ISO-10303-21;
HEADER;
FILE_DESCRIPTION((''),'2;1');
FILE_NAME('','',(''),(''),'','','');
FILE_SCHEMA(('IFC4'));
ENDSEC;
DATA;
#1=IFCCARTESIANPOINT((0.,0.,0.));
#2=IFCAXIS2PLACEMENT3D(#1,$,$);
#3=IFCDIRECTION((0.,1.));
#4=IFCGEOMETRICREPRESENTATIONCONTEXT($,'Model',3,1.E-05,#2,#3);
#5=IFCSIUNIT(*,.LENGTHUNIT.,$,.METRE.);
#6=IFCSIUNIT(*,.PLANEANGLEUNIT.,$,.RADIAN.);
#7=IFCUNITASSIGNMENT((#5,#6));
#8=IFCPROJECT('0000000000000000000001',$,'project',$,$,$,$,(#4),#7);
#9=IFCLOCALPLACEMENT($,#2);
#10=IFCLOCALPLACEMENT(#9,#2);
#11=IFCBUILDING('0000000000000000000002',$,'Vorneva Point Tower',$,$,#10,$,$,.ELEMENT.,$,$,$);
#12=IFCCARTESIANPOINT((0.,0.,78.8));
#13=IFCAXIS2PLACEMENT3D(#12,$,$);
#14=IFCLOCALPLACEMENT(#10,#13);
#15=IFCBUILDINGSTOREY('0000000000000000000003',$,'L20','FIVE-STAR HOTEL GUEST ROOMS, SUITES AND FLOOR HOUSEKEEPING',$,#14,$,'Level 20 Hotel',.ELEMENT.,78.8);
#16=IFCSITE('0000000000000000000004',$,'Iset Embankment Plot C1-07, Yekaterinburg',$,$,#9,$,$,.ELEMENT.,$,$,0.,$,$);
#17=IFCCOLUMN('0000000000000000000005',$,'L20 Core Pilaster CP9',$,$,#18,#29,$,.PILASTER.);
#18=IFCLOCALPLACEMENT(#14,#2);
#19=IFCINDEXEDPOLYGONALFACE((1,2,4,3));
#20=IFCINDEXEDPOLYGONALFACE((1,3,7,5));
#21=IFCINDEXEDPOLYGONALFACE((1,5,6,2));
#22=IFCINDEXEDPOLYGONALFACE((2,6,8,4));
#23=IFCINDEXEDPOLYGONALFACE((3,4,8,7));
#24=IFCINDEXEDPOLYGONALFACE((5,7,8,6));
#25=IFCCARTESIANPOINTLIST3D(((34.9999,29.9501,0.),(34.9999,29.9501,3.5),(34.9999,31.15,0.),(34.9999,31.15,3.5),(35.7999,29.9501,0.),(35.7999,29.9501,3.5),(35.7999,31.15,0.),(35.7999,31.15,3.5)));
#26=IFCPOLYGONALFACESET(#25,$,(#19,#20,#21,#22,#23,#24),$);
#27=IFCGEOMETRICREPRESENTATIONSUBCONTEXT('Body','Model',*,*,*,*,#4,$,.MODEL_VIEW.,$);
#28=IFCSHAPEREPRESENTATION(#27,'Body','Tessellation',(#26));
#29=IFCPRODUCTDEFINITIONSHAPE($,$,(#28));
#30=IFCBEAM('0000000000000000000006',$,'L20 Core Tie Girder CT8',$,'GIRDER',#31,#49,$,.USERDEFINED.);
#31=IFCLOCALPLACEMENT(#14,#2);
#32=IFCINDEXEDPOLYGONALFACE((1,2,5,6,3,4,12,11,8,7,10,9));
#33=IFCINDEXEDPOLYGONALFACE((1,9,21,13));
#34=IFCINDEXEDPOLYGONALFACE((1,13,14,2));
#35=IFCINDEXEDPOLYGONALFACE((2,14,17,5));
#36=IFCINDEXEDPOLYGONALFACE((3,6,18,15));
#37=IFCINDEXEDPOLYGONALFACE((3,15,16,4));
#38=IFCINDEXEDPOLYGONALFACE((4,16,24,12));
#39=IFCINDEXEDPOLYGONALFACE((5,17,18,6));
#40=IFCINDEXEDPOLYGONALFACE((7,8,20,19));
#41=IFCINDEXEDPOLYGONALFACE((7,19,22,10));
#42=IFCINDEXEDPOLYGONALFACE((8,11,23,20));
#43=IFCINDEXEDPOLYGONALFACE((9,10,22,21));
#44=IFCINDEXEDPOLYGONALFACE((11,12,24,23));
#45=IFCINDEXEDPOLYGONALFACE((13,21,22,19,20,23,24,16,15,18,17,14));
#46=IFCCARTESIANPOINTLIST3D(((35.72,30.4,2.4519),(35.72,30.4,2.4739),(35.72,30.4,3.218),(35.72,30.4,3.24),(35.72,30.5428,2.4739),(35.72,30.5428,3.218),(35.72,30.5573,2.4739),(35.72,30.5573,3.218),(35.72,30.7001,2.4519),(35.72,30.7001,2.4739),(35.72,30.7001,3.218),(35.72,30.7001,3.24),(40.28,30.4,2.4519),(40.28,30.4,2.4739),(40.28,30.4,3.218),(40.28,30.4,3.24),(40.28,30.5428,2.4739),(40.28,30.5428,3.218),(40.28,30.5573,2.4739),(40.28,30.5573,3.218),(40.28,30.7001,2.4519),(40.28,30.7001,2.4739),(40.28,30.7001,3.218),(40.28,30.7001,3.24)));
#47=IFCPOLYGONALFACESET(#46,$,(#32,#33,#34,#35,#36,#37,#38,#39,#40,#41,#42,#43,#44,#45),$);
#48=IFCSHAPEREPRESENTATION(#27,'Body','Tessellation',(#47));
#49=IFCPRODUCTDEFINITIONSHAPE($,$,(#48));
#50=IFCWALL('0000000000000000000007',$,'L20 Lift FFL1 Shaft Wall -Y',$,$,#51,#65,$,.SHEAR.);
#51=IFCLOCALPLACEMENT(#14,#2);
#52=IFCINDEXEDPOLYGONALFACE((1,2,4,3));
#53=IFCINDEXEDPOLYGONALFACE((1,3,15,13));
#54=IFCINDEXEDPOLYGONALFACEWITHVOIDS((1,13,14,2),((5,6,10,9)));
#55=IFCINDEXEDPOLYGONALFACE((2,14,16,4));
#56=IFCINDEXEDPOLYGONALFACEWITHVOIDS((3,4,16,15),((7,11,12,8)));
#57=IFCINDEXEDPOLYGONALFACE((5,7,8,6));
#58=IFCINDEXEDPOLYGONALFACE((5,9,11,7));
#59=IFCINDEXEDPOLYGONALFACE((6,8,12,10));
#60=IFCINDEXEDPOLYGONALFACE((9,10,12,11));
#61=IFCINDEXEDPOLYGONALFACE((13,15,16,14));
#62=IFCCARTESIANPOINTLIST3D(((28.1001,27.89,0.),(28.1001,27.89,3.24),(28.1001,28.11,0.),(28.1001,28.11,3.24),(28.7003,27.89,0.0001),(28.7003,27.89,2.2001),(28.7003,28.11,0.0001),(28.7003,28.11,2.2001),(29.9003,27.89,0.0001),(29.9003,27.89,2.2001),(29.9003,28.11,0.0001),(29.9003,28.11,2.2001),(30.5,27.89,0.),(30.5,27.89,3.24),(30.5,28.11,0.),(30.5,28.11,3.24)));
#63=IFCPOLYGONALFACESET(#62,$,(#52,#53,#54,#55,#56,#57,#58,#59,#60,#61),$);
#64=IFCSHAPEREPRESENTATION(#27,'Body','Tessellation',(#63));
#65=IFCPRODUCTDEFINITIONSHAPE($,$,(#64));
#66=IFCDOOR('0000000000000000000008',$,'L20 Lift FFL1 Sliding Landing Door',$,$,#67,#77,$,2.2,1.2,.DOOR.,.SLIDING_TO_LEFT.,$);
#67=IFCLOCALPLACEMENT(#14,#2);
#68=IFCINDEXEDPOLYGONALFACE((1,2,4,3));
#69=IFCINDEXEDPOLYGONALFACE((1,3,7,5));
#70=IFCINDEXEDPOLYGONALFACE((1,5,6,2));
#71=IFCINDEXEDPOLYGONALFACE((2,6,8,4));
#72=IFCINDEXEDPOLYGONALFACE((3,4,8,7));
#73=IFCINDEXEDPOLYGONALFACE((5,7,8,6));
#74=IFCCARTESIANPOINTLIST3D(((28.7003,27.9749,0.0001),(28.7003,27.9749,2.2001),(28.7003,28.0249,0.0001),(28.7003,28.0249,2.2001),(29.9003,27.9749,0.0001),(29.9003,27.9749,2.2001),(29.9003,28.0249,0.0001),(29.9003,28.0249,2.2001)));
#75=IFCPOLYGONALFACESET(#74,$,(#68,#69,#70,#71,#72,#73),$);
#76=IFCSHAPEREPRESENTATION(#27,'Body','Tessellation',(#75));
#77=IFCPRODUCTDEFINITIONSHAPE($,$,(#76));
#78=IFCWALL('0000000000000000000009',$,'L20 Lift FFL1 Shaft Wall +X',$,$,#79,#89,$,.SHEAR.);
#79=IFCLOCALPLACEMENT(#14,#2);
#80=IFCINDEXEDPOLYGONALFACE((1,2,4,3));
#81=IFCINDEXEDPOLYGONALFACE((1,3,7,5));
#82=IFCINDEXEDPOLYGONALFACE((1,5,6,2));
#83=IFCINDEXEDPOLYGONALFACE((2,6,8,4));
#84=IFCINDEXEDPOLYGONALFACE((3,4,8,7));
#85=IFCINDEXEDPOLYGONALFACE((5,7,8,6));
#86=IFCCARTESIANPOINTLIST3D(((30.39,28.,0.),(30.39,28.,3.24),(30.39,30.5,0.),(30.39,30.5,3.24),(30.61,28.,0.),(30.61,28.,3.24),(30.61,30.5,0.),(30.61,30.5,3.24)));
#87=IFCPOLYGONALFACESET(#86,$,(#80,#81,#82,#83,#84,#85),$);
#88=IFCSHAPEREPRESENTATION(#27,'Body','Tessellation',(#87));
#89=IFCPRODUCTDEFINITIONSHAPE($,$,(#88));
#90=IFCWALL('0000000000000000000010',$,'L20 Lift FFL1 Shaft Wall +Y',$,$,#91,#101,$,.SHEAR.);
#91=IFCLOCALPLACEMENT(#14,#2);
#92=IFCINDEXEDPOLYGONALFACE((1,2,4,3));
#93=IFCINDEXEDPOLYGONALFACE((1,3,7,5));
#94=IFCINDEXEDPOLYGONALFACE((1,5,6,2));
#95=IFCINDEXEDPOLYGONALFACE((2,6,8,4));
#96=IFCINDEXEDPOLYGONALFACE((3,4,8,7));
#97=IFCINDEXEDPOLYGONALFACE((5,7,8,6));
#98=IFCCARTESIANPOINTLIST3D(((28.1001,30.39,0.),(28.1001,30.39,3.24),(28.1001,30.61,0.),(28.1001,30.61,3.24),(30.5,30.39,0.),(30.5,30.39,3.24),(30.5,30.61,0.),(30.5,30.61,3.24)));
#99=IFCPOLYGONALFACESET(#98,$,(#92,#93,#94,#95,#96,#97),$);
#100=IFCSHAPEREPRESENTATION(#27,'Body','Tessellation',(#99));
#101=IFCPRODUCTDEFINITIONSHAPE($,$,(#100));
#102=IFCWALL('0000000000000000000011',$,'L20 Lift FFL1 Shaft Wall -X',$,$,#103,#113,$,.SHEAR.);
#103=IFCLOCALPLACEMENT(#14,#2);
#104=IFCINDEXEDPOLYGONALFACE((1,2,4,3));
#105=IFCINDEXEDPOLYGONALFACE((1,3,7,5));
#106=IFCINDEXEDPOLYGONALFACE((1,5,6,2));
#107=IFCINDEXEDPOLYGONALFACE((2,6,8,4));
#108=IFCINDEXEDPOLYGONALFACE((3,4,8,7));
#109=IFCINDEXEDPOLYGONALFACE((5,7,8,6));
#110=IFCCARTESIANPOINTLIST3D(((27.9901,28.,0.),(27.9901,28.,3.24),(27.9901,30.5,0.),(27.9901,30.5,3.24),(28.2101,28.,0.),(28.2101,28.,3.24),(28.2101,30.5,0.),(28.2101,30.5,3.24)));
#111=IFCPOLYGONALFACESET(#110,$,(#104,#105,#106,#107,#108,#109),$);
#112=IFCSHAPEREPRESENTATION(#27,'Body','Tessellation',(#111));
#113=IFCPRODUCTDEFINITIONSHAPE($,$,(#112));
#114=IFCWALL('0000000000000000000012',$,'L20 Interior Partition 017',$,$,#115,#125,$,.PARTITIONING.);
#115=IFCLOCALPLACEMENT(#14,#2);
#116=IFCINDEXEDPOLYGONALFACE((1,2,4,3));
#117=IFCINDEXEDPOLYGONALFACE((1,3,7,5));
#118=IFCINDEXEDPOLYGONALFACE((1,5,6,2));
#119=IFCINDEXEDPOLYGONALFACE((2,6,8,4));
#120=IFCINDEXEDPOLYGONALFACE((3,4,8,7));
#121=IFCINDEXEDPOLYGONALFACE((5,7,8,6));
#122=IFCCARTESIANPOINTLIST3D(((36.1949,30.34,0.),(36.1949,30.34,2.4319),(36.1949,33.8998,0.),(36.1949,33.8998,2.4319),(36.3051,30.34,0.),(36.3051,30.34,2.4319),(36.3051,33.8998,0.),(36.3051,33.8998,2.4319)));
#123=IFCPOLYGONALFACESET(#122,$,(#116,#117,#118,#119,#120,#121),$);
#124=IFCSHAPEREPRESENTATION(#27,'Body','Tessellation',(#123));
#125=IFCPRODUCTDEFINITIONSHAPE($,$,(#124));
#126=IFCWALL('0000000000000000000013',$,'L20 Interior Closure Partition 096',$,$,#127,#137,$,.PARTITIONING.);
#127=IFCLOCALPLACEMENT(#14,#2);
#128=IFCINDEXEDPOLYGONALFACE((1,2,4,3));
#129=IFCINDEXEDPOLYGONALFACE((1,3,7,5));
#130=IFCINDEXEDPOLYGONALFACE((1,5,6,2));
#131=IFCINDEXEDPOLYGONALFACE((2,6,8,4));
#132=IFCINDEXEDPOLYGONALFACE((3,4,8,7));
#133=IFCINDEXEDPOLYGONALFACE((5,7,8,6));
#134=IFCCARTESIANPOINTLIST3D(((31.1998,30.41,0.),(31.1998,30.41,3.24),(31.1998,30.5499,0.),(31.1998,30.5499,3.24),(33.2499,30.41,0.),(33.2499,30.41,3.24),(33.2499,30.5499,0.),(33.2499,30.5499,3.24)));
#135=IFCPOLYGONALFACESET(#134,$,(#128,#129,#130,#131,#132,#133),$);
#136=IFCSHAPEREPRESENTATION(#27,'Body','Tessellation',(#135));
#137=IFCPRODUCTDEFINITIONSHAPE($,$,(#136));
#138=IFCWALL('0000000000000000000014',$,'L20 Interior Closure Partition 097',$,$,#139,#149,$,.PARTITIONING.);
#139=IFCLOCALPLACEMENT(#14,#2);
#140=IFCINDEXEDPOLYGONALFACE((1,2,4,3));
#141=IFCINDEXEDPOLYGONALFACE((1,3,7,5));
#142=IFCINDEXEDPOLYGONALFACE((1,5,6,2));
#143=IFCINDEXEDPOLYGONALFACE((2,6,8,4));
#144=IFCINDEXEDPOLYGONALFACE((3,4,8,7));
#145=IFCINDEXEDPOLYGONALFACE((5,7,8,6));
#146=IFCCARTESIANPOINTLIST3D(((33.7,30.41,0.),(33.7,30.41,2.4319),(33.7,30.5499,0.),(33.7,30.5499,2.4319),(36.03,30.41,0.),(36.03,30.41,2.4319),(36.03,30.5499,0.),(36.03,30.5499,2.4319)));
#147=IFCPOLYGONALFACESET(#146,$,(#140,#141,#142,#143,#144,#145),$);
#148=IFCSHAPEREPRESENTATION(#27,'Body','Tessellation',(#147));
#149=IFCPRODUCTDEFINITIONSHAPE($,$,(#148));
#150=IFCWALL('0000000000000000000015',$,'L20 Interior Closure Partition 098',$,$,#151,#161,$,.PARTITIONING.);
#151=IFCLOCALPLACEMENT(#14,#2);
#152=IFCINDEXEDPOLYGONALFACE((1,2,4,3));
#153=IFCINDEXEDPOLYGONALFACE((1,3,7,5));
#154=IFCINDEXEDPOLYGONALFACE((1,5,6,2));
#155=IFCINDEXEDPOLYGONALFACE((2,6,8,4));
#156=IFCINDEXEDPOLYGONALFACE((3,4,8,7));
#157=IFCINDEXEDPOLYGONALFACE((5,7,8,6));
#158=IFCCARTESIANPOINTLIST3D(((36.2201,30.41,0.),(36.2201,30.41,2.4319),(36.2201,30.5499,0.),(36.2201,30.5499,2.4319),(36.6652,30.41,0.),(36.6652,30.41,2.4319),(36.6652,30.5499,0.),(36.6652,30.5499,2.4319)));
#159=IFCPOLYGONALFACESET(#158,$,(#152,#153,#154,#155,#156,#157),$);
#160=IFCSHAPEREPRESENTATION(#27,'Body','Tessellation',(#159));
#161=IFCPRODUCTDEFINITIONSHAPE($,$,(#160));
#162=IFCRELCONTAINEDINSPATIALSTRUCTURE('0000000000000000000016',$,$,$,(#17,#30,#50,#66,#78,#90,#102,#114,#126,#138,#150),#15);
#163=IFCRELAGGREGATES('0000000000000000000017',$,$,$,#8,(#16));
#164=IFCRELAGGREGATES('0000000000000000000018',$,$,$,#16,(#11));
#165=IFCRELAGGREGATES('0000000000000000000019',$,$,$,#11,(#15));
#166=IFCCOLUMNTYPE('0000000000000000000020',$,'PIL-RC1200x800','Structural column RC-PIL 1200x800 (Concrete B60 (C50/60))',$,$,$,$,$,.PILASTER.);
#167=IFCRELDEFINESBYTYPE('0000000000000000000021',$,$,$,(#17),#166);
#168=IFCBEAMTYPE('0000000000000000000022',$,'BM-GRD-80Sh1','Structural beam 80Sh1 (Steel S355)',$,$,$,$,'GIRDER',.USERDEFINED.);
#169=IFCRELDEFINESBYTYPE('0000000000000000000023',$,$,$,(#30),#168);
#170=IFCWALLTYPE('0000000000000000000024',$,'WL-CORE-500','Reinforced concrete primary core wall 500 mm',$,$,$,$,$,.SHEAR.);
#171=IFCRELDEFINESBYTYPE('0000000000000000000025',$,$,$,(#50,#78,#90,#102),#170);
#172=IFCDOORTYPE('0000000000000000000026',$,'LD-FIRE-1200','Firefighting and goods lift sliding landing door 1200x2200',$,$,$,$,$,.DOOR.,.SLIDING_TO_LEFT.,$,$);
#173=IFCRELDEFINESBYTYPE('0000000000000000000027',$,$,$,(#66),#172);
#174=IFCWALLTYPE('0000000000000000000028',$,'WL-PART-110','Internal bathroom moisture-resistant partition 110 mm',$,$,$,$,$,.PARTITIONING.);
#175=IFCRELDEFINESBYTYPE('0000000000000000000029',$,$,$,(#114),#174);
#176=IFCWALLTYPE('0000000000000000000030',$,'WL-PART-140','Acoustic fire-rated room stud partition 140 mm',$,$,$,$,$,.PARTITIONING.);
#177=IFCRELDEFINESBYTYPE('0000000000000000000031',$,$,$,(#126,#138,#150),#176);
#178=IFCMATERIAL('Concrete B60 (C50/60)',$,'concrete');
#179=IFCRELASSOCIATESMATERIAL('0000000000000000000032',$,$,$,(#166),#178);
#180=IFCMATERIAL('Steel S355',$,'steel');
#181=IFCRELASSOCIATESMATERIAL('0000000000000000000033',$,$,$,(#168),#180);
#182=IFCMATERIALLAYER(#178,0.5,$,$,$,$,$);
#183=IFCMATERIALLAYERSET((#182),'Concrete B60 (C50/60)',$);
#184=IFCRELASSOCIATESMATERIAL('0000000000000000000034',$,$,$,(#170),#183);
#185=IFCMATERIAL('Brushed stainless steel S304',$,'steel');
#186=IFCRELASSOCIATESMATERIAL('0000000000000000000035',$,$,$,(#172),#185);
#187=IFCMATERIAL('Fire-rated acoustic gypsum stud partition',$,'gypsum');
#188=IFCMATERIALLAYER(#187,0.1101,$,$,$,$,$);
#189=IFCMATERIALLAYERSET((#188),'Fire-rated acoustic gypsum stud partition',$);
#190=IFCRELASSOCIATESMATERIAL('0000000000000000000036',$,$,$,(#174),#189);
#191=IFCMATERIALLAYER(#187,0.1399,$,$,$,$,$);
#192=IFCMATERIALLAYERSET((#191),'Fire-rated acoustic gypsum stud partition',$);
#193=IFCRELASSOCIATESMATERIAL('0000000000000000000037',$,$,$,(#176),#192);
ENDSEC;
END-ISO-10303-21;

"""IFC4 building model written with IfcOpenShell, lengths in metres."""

from ifc_helpers import new_model, si_unit, direction, frame, frame_2d, origin, origin_2d, place, context, subcontext, project, spatial, rectangle, i_section, extrude, material, layer, layer_set, material_profile, profile_set, type_object, element, fill, save


model = new_model("IFC4")

# Units and contexts
model_context = context("Model", 3, precision=1e-05, world=origin(), true_north=direction((0.0, 1.0)))
body_context = subcontext(model_context, "Body", "Model", "MODEL_VIEW")
ifc_project = project(units=[si_unit("LENGTHUNIT", "METRE"), si_unit("PLANEANGLEUNIT", "RADIAN")], contexts=[model_context])

# Site, building, storey
site_placement = place(None, origin())
site = spatial("IfcSite", under=ifc_project, at=site_placement, Name="Iset Embankment Plot C1-07, Yekaterinburg", CompositionType="ELEMENT", RefElevation=0.0)
building_placement = place(site_placement, origin())
building = spatial("IfcBuilding", under=site, at=building_placement, Name="Vorneva Point Tower", CompositionType="ELEMENT")
storey_placement = place(building_placement, frame((0.0, 0.0, 78.8)))
storey = spatial("IfcBuildingStorey", under=building, at=storey_placement, Name="L20", Description="FIVE-STAR HOTEL GUEST ROOMS, SUITES AND FLOOR HOUSEKEEPING", LongName="Level 20 Hotel", CompositionType="ELEMENT", Elevation=78.8)

# Column
ifc_material_1 = material(Name="Concrete B60 (C50/60)", Category="concrete")
ifc_material_profile_1 = material_profile(ifc_material_1, rectangle(XDim=0.8, YDim=1.2, at=origin_2d()), Name="RC-PIL 1200x800")
ifc_profile_set_1 = profile_set([ifc_material_profile_1], Name="Concrete B60 (C50/60)")
column_type = type_object("IfcColumnType", Name="PIL-RC1200x800", Description="Structural column RC-PIL 1200x800 (Concrete B60 (C50/60))", PredefinedType="PILASTER", material=ifc_profile_set_1)
column_placement = place(storey_placement, frame((35.3999, 30.55, 0.0), z_axis=(0.0, 0.0, 1.0), x_axis=(1.0, 0.0, 0.0)))
element("IfcColumn", 1, at=column_placement, inside=storey, type_object=column_type, Name="L20 Core Pilaster CP9", PredefinedType="PILASTER", context=body_context, shape_type="SweptSolid", body=[
    extrude(rectangle(XDim=0.8, YDim=1.2, at=origin_2d()), origin(), (0.0, 0.0, 1.0), 3.5),
])

# Beam
ifc_material_2 = material(Name="Steel S355", Category="steel")
ifc_material_profile_2 = material_profile(ifc_material_2, i_section(OverallWidth=0.3, OverallDepth=0.7881, WebThickness=0.0144, FlangeThickness=0.022, at=origin_2d()), Name="80Sh1")
ifc_profile_set_2 = profile_set([ifc_material_profile_2], Name="Steel S355")
beam_type = type_object("IfcBeamType", Name="BM-GRD-80Sh1", Description="Structural beam 80Sh1 (Steel S355)", ElementType="GIRDER", PredefinedType="USERDEFINED", material=ifc_profile_set_2)
beam_placement = place(storey_placement, frame((35.72, 30.55, 2.8459), z_axis=(1.0, 0.0, 0.0), x_axis=(0.0, 1.0, 0.0)))
element("IfcBeam", 2, at=beam_placement, inside=storey, type_object=beam_type, Name="L20 Core Tie Girder CT8", ObjectType="GIRDER", PredefinedType="USERDEFINED", context=body_context, shape_type="SweptSolid", body=[
    extrude(i_section(OverallWidth=0.3, OverallDepth=0.7881, WebThickness=0.0144, FlangeThickness=0.022, at=origin_2d()), origin(), (0.0, 0.0, 1.0), 4.5601),
])

# Wall, opening, door
ifc_layer_1 = layer(ifc_material_1, 0.5)
ifc_layer_set_1 = layer_set([ifc_layer_1], Name="Concrete B60 (C50/60)")
wall_type_1 = type_object("IfcWallType", Name="WL-CORE-500", Description="Reinforced concrete primary core wall 500 mm", PredefinedType="SHEAR", material=ifc_layer_set_1)
wall_1_placement = place(storey_placement, frame((28.1001, 28.0, 0.0), z_axis=(0.0, 0.0, 1.0), x_axis=(1.0, 0.0, 0.0)))
wall_1 = element("IfcWall", 3, at=wall_1_placement, inside=storey, type_object=wall_type_1, Name="L20 Lift FFL1 Shaft Wall -Y", PredefinedType="SHEAR", context=body_context, shape_type="SweptSolid", body=[
    extrude(rectangle(XDim=2.3999, YDim=0.22, at=frame_2d((1.2, 0.0))), origin(), (0.0, 0.0, 1.0), 3.24),
])
opening_1_placement = place(wall_1_placement, frame((0.6001, 0.0, 0.0)))
opening_1 = element("IfcOpeningElement", 4, at=opening_1_placement, cuts=wall_1, PredefinedType="OPENING", context=body_context, shape_type="SweptSolid", body=[
    extrude(rectangle(XDim=1.2, YDim=2.2, at=frame_2d((0.6001, 1.1001))), frame((0.0, 0.125, 0.0), z_axis=(0.0, -1.0, 0.0), x_axis=(1.0, 0.0, 0.0)), (0.0, 0.0, 1.0), 0.2498),
])
ifc_material_3 = material(Name="Brushed stainless steel S304", Category="steel")
door_type_1 = type_object("IfcDoorType", Name="LD-FIRE-1200", Description="Firefighting and goods lift sliding landing door 1200x2200", OperationType="SLIDING_TO_LEFT", PredefinedType="DOOR", material=ifc_material_3)
door_1_placement = place(opening_1_placement, origin())
door_1 = element("IfcDoor", 5, at=door_1_placement, inside=storey, type_object=door_type_1, Name="L20 Lift FFL1 Sliding Landing Door", OperationType="SLIDING_TO_LEFT", OverallHeight=2.2, OverallWidth=1.2, PredefinedType="DOOR", context=body_context, shape_type="SweptSolid", body=[
    extrude(rectangle(XDim=1.2, YDim=2.2, at=frame_2d((0.6001, 1.1001))), frame((0.0, 0.0249, 0.0), z_axis=(0.0, -1.0, 0.0), x_axis=(1.0, 0.0, 0.0)), (0.0, 0.0, 1.0), 0.05),
])
fill(opening_1, door_1)

# Walls
wall_2_placement = place(storey_placement, frame((30.5, 28.0, 0.0), z_axis=(0.0, 0.0, 1.0), x_axis=(0.0, 1.0, 0.0)))
element("IfcWall", 6, at=wall_2_placement, inside=storey, type_object=wall_type_1, Name="L20 Lift FFL1 Shaft Wall +X", PredefinedType="SHEAR", context=body_context, shape_type="SweptSolid", body=[
    extrude(rectangle(XDim=2.5, YDim=0.22, at=frame_2d((1.25, 0.0))), origin(), (0.0, 0.0, 1.0), 3.24),
])
wall_3_placement = place(storey_placement, frame((30.5, 30.5, 0.0), z_axis=(0.0, 0.0, 1.0), x_axis=(-1.0, 0.0, 0.0)))
element("IfcWall", 7, at=wall_3_placement, inside=storey, type_object=wall_type_1, Name="L20 Lift FFL1 Shaft Wall +Y", PredefinedType="SHEAR", context=body_context, shape_type="SweptSolid", body=[
    extrude(rectangle(XDim=2.3999, YDim=0.22, at=frame_2d((1.2, 0.0))), origin(), (0.0, 0.0, 1.0), 3.24),
])
wall_4_placement = place(storey_placement, frame((28.1001, 30.5, 0.0), z_axis=(0.0, 0.0, 1.0), x_axis=(0.0, -1.0, 0.0)))
element("IfcWall", 8, at=wall_4_placement, inside=storey, type_object=wall_type_1, Name="L20 Lift FFL1 Shaft Wall -X", PredefinedType="SHEAR", context=body_context, shape_type="SweptSolid", body=[
    extrude(rectangle(XDim=2.5, YDim=0.22, at=frame_2d((1.25, 0.0))), origin(), (0.0, 0.0, 1.0), 3.24),
])
ifc_material_4 = material(Name="Fire-rated acoustic gypsum stud partition", Category="gypsum")
ifc_layer_2 = layer(ifc_material_4, 0.1101)
ifc_layer_set_2 = layer_set([ifc_layer_2], Name="Fire-rated acoustic gypsum stud partition")
wall_type_2 = type_object("IfcWallType", Name="WL-PART-110", Description="Internal bathroom moisture-resistant partition 110 mm", PredefinedType="PARTITIONING", material=ifc_layer_set_2)
wall_5_placement = place(storey_placement, frame((36.25, 30.3401, 0.0), z_axis=(0.0, 0.0, 1.0), x_axis=(0.0, 1.0, 0.0)))
element("IfcWall", 9, at=wall_5_placement, inside=storey, type_object=wall_type_2, Name="L20 Interior Partition 017", PredefinedType="PARTITIONING", context=body_context, shape_type="SweptSolid", body=[
    extrude(rectangle(XDim=3.5598, YDim=0.1101, at=frame_2d((1.7798, 0.0))), origin(), (0.0, 0.0, 1.0), 2.4319),
])
ifc_layer_3 = layer(ifc_material_4, 0.1399)
ifc_layer_set_3 = layer_set([ifc_layer_3], Name="Fire-rated acoustic gypsum stud partition")
wall_type_3 = type_object("IfcWallType", Name="WL-PART-140", Description="Acoustic fire-rated room stud partition 140 mm", PredefinedType="PARTITIONING", material=ifc_layer_set_3)
wall_6_placement = place(storey_placement, frame((31.2, 30.48, 0.0), z_axis=(0.0, 0.0, 1.0), x_axis=(1.0, 0.0, 0.0)))
element("IfcWall", 10, at=wall_6_placement, inside=storey, type_object=wall_type_3, Name="L20 Interior Closure Partition 096", PredefinedType="PARTITIONING", context=body_context, shape_type="SweptSolid", body=[
    extrude(rectangle(XDim=2.05, YDim=0.1399, at=frame_2d((1.0249, 0.0))), origin(), (0.0, 0.0, 1.0), 3.24),
])
wall_7_placement = place(storey_placement, frame((33.7, 30.48, 0.0), z_axis=(0.0, 0.0, 1.0), x_axis=(1.0, 0.0, 0.0)))
element("IfcWall", 11, at=wall_7_placement, inside=storey, type_object=wall_type_3, Name="L20 Interior Closure Partition 097", PredefinedType="PARTITIONING", context=body_context, shape_type="SweptSolid", body=[
    extrude(rectangle(XDim=2.3301, YDim=0.1399, at=frame_2d((1.165, 0.0))), origin(), (0.0, 0.0, 1.0), 2.4319),
])
wall_8_placement = place(storey_placement, frame((36.22, 30.48, 0.0), z_axis=(0.0, 0.0, 1.0), x_axis=(1.0, 0.0, 0.0)))
element("IfcWall", 12, at=wall_8_placement, inside=storey, type_object=wall_type_3, Name="L20 Interior Closure Partition 098", PredefinedType="PARTITIONING", context=body_context, shape_type="SweptSolid", body=[
    extrude(rectangle(XDim=0.4451, YDim=0.1399, at=frame_2d((0.2227, 0.0))), origin(), (0.0, 0.0, 1.0), 2.4319),
])

save(model, "model.ifc")
